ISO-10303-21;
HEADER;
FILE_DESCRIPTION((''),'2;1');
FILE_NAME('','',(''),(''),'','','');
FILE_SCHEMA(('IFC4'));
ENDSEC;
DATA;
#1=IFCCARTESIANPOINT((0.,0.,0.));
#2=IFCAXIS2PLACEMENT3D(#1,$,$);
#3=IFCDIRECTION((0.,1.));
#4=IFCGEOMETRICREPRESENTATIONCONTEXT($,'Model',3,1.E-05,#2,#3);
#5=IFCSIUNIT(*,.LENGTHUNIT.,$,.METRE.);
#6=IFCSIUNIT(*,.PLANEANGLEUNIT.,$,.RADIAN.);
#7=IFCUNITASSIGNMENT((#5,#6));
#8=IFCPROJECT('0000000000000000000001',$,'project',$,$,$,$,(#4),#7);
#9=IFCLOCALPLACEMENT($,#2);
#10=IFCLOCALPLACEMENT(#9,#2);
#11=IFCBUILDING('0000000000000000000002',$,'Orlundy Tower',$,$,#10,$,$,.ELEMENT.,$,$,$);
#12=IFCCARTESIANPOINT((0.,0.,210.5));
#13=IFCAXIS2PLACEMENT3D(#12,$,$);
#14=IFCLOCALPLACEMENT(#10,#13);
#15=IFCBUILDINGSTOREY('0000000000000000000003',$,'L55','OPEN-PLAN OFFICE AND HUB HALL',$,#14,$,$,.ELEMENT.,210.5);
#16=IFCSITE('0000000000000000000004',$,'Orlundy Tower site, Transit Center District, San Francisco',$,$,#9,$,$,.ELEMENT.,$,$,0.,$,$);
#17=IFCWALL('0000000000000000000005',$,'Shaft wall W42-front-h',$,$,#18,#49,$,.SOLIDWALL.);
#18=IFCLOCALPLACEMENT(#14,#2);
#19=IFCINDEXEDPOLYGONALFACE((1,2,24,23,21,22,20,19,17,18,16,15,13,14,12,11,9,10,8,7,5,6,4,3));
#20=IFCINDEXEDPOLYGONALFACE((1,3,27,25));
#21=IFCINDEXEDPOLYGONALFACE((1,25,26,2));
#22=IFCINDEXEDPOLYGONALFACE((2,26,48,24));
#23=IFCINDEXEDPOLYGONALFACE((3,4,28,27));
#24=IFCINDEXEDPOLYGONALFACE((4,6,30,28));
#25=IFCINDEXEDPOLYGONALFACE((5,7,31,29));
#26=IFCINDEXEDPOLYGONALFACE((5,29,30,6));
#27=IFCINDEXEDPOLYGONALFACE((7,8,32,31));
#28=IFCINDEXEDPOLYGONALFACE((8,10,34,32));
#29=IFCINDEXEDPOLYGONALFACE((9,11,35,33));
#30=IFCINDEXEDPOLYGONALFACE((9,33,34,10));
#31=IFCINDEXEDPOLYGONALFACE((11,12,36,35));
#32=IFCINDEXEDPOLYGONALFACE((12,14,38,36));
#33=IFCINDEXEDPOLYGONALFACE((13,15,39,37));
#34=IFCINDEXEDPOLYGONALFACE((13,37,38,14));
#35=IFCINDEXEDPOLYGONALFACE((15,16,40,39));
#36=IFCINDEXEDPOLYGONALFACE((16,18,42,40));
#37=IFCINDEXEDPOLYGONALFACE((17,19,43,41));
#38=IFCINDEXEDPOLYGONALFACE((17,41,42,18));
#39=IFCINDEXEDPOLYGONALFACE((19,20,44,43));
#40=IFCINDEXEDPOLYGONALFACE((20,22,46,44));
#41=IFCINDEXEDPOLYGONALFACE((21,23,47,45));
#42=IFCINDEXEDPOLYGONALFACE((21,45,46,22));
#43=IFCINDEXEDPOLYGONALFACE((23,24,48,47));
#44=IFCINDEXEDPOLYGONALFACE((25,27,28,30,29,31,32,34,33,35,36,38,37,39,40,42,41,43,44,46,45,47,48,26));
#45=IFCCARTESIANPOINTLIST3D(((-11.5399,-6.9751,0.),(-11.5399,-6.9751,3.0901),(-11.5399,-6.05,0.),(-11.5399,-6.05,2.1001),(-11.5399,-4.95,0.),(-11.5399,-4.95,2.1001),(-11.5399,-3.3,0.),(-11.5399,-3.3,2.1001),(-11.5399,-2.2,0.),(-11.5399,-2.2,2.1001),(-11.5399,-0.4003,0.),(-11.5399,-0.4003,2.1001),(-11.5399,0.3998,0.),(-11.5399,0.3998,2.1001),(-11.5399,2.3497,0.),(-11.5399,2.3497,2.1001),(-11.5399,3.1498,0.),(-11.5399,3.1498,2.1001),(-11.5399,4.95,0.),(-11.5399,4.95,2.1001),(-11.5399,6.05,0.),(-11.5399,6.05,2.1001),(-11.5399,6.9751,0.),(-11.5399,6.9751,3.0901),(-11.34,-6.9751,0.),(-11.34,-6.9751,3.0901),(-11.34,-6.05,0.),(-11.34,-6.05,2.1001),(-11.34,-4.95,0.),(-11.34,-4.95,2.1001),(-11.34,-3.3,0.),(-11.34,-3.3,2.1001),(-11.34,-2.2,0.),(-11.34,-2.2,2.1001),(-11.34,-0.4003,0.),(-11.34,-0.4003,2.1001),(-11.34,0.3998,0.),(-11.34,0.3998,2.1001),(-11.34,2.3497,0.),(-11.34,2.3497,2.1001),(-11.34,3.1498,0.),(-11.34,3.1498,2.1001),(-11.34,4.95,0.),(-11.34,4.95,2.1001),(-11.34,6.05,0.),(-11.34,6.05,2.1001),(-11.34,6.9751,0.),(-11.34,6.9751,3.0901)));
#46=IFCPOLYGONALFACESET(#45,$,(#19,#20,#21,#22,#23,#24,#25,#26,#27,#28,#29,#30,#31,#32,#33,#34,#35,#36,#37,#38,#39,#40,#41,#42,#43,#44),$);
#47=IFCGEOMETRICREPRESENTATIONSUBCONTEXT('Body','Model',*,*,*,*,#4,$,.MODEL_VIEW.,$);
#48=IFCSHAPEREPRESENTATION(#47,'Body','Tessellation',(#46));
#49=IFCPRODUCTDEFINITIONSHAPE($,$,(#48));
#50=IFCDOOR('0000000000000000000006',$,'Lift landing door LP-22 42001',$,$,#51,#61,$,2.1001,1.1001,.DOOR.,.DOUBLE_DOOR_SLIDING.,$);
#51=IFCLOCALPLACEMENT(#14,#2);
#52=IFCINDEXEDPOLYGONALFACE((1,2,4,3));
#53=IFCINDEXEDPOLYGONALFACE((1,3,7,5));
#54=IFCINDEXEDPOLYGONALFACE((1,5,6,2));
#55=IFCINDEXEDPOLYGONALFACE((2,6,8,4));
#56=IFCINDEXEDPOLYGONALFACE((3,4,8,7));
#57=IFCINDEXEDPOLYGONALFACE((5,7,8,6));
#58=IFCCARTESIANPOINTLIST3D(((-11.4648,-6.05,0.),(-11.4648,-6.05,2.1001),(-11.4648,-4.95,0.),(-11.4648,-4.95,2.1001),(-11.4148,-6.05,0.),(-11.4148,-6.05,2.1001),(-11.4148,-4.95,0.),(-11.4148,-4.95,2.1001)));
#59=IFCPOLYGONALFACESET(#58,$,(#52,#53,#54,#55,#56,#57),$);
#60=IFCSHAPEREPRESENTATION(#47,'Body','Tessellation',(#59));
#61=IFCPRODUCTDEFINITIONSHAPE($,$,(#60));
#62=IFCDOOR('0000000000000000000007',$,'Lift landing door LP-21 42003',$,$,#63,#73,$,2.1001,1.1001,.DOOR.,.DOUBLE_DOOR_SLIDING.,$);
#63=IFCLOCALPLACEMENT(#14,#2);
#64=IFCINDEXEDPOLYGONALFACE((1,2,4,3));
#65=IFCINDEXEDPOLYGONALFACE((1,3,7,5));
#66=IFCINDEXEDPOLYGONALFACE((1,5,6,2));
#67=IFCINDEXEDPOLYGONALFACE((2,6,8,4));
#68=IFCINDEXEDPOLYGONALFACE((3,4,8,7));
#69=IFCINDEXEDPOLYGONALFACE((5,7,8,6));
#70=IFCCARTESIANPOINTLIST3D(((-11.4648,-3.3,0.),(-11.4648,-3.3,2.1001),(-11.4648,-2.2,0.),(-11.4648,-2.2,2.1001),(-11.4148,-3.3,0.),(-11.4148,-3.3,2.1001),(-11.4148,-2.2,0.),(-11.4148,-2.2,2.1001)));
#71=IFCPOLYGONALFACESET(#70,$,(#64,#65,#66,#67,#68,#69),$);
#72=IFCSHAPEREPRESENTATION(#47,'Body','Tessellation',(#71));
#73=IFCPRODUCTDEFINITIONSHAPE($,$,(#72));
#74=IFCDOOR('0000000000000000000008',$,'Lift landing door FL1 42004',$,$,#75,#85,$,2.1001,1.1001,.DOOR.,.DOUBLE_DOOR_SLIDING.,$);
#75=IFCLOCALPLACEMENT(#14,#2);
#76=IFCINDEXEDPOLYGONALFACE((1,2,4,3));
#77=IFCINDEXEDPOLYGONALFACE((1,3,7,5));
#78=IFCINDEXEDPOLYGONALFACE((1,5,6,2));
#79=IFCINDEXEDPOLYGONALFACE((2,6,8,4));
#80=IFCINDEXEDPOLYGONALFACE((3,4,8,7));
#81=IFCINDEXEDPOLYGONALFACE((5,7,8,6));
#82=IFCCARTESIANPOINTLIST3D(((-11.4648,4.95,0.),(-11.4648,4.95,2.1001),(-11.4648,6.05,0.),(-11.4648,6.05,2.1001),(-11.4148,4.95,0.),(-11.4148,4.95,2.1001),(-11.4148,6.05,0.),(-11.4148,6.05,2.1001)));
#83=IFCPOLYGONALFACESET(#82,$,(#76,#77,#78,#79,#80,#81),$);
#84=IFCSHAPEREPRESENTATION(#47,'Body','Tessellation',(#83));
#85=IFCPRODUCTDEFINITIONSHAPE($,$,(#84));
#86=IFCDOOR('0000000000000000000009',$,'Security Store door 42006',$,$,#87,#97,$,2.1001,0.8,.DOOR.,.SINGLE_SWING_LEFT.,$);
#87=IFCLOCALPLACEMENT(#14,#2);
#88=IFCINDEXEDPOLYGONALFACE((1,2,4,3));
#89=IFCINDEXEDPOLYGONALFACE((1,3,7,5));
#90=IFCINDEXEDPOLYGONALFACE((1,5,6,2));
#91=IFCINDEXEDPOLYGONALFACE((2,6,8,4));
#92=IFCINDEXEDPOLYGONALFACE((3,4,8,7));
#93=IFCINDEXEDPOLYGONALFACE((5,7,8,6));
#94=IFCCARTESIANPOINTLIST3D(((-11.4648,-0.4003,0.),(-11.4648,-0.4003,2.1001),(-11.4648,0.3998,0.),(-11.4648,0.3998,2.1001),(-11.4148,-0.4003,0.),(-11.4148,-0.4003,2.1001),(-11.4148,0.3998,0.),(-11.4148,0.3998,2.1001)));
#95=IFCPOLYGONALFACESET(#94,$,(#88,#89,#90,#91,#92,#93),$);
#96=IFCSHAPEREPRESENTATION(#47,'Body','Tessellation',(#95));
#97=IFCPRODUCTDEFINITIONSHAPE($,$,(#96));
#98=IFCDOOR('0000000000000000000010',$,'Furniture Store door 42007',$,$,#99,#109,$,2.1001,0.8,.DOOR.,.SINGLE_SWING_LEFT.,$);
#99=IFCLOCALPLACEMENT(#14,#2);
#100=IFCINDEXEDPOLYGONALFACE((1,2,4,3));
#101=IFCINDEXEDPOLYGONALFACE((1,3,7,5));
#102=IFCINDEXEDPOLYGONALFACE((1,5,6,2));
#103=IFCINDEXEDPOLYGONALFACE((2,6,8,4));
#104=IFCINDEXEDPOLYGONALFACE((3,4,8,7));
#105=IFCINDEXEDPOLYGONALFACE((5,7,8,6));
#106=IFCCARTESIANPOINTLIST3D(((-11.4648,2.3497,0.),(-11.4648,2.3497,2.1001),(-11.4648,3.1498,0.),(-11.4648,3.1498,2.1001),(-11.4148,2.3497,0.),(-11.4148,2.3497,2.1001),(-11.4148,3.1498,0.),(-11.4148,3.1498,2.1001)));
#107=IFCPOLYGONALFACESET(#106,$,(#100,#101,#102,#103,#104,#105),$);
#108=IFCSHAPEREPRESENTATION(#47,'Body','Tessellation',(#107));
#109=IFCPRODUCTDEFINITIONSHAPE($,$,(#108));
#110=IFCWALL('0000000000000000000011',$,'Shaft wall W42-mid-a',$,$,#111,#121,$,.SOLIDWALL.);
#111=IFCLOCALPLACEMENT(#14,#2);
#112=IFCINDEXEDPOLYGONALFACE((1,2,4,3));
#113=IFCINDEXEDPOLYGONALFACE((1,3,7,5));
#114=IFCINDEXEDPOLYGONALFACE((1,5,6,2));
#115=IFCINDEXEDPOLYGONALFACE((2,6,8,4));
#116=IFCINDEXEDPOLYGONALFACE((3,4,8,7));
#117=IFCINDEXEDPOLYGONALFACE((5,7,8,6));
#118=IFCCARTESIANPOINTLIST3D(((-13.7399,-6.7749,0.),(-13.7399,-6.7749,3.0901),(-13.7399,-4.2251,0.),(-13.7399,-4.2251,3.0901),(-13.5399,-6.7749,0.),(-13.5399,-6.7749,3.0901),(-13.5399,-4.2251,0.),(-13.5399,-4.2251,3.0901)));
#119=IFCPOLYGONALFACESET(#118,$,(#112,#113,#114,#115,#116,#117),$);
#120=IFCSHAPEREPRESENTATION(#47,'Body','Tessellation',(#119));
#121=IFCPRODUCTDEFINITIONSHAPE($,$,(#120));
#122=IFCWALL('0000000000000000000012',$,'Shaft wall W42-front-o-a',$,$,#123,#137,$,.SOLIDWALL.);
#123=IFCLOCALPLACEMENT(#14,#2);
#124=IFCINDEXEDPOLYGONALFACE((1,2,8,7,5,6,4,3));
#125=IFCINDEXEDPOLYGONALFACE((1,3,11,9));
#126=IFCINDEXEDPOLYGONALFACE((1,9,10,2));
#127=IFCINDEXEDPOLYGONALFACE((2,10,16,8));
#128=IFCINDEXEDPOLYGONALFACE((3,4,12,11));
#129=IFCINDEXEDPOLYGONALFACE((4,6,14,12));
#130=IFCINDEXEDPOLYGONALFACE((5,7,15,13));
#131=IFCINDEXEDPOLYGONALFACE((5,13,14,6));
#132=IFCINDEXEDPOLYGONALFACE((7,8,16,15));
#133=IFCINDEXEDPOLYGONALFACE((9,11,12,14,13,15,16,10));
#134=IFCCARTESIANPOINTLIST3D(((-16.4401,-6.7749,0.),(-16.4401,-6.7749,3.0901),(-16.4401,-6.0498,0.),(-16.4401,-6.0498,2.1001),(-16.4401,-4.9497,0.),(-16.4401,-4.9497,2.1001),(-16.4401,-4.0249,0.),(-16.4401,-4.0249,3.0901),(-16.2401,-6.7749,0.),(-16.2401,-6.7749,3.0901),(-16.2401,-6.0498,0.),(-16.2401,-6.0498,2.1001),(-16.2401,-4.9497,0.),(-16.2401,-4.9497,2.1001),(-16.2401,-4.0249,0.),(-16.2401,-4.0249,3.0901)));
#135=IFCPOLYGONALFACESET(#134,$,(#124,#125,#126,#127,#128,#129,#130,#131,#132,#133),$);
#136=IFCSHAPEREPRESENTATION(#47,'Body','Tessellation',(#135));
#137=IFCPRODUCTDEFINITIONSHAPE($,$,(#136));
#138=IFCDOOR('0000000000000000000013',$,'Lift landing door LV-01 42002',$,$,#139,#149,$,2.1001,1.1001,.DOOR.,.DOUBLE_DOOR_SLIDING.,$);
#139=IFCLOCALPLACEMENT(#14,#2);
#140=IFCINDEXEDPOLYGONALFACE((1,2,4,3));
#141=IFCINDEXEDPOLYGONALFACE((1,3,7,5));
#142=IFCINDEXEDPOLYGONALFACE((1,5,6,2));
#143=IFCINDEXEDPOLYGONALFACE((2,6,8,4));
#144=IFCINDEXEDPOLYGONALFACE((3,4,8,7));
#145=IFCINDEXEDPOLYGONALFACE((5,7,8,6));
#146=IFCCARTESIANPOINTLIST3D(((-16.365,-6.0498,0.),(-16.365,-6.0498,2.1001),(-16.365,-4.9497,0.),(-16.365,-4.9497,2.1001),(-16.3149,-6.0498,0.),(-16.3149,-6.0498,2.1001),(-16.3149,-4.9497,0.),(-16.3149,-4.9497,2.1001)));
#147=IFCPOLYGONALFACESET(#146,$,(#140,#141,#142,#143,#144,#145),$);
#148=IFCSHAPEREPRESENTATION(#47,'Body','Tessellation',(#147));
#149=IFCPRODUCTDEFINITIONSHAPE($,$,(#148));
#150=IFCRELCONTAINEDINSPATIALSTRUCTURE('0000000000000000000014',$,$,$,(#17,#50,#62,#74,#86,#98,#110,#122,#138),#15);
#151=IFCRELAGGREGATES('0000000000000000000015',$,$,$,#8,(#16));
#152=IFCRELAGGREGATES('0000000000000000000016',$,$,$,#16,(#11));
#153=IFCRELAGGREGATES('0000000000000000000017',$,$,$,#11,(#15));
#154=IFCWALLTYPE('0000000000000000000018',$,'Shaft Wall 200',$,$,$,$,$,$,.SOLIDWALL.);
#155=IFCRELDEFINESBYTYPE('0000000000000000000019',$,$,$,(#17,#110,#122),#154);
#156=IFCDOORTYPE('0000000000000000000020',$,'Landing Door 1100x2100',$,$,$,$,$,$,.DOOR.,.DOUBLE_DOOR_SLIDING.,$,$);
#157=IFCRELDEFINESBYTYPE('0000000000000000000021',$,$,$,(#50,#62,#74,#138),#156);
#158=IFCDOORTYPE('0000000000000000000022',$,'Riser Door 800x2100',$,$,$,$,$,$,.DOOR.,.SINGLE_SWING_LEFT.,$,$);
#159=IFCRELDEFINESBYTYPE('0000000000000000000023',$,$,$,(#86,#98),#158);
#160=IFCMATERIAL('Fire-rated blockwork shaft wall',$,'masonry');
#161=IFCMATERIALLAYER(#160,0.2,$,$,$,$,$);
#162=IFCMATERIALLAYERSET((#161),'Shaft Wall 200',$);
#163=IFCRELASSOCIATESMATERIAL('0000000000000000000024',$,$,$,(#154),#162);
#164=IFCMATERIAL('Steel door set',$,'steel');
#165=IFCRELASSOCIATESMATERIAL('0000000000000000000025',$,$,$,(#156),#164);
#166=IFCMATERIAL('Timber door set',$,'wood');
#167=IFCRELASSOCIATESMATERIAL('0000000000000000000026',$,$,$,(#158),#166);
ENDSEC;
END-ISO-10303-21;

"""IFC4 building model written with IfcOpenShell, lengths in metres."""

from ifc_helpers import new_model, si_unit, direction, frame, frame_2d, origin, place, context, subcontext, project, spatial, rectangle, extrude, material, layer, layer_set, type_object, element, fill, save


model = new_model("IFC4")

# Units and contexts
model_context = context("Model", 3, precision=1e-05, world=origin(), true_north=direction((0.0, 1.0)))
body_context = subcontext(model_context, "Body", "Model", "MODEL_VIEW")
ifc_project = project(units=[si_unit("LENGTHUNIT", "METRE"), si_unit("PLANEANGLEUNIT", "RADIAN")], contexts=[model_context])

# Site, building, storey
site_placement = place(None, origin())
site = spatial("IfcSite", under=ifc_project, at=site_placement, Name="Orlundy Tower site, Transit Center District, San Francisco", CompositionType="ELEMENT", RefElevation=0.0)
building_placement = place(site_placement, origin())
building = spatial("IfcBuilding", under=site, at=building_placement, Name="Orlundy Tower", CompositionType="ELEMENT")
storey_placement = place(building_placement, frame((0.0, 0.0, 210.5)))
storey = spatial("IfcBuildingStorey", under=building, at=storey_placement, Name="L55", Description="OPEN-PLAN OFFICE AND HUB HALL", CompositionType="ELEMENT", Elevation=210.5)

# Shared definitions
ifc_material_1 = material(Name="Fire-rated blockwork shaft wall", Category="masonry")
ifc_layer_1 = layer(ifc_material_1, 0.2)
ifc_layer_set_1 = layer_set([ifc_layer_1], Name="Shaft Wall 200")
wall_type_1 = type_object("IfcWallType", Name="Shaft Wall 200", PredefinedType="SOLIDWALL", material=ifc_layer_set_1)

# Wall, openings, doors
wall_1_placement = place(storey_placement, frame((-11.4399, -6.9751, 0.0), z_axis=(0.0, 0.0, 1.0), x_axis=(0.0, 1.0, 0.0)))
wall_1 = element("IfcWall", 1, at=wall_1_placement, inside=storey, type_object=wall_type_1, Name="Shaft wall W42-front-h", PredefinedType="SOLIDWALL", context=body_context, shape_type="SweptSolid", body=[
    extrude(rectangle(XDim=13.9502, YDim=0.2, at=frame_2d((6.9751, 0.0))), origin(), (0.0, 0.0, 1.0), 3.0901),
])
opening_1_placement = place(wall_1_placement, frame((0.925, 0.0, 0.0)))
opening_1 = element("IfcOpeningElement", 2, at=opening_1_placement, cuts=wall_1, PredefinedType="OPENING", context=body_context, shape_type="SweptSolid", body=[
    extrude(rectangle(XDim=1.1001, YDim=2.1001, at=frame_2d((0.55, 1.05))), frame((0.0, 0.1101, 0.0), z_axis=(0.0, -1.0, 0.0), x_axis=(1.0, 0.0, 0.0)), (0.0, 0.0, 1.0), 0.2202),
])
opening_2_placement = place(wall_1_placement, frame((3.675, 0.0, 0.0)))
opening_2 = element("IfcOpeningElement", 3, at=opening_2_placement, cuts=wall_1, PredefinedType="OPENING", context=body_context, shape_type="SweptSolid", body=[
    extrude(rectangle(XDim=1.1001, YDim=2.1001, at=frame_2d((0.55, 1.05))), frame((0.0, 0.1101, 0.0), z_axis=(0.0, -1.0, 0.0), x_axis=(1.0, 0.0, 0.0)), (0.0, 0.0, 1.0), 0.2202),
])
opening_3_placement = place(wall_1_placement, frame((11.925, 0.0, 0.0)))
opening_3 = element("IfcOpeningElement", 4, at=opening_3_placement, cuts=wall_1, PredefinedType="OPENING", context=body_context, shape_type="SweptSolid", body=[
    extrude(rectangle(XDim=1.1001, YDim=2.1001, at=frame_2d((0.55, 1.05))), frame((0.0, 0.1101, 0.0), z_axis=(0.0, -1.0, 0.0), x_axis=(1.0, 0.0, 0.0)), (0.0, 0.0, 1.0), 0.2202),
])
opening_4_placement = place(wall_1_placement, frame((6.575, 0.0, 0.0)))
opening_4 = element("IfcOpeningElement", 5, at=opening_4_placement, cuts=wall_1, PredefinedType="OPENING", context=body_context, shape_type="SweptSolid", body=[
    extrude(rectangle(XDim=0.8, YDim=2.1001, at=frame_2d((0.3999, 1.05))), frame((0.0, 0.1101, 0.0), z_axis=(0.0, -1.0, 0.0), x_axis=(1.0, 0.0, 0.0)), (0.0, 0.0, 1.0), 0.2202),
])
opening_5_placement = place(wall_1_placement, frame((9.325, 0.0, 0.0)))
opening_5 = element("IfcOpeningElement", 6, at=opening_5_placement, cuts=wall_1, PredefinedType="OPENING", context=body_context, shape_type="SweptSolid", body=[
    extrude(rectangle(XDim=0.8, YDim=2.1001, at=frame_2d((0.3999, 1.05))), frame((0.0, 0.1101, 0.0), z_axis=(0.0, -1.0, 0.0), x_axis=(1.0, 0.0, 0.0)), (0.0, 0.0, 1.0), 0.2202),
])
ifc_material_2 = material(Name="Steel door set", Category="steel")
door_type_1 = type_object("IfcDoorType", Name="Landing Door 1100x2100", OperationType="DOUBLE_DOOR_SLIDING", PredefinedType="DOOR", material=ifc_material_2)
door_1_placement = place(opening_1_placement, origin())
door_1 = element("IfcDoor", 7, at=door_1_placement, inside=storey, type_object=door_type_1, Name="Lift landing door LP-22 42001", OperationType="DOUBLE_DOOR_SLIDING", OverallHeight=2.1001, OverallWidth=1.1001, PredefinedType="DOOR", context=body_context, shape_type="SweptSolid", body=[
    extrude(rectangle(XDim=1.1001, YDim=2.1001, at=frame_2d((0.55, 1.05))), frame((0.0, 0.0249, 0.0), z_axis=(0.0, -1.0, 0.0), x_axis=(1.0, 0.0, 0.0)), (0.0, 0.0, 1.0), 0.05),
])
fill(opening_1, door_1)
door_2_placement = place(opening_2_placement, origin())
door_2 = element("IfcDoor", 8, at=door_2_placement, inside=storey, type_object=door_type_1, Name="Lift landing door LP-21 42003", OperationType="DOUBLE_DOOR_SLIDING", OverallHeight=2.1001, OverallWidth=1.1001, PredefinedType="DOOR", context=body_context, shape_type="SweptSolid", body=[
    extrude(rectangle(XDim=1.1001, YDim=2.1001, at=frame_2d((0.55, 1.05))), frame((0.0, 0.0249, 0.0), z_axis=(0.0, -1.0, 0.0), x_axis=(1.0, 0.0, 0.0)), (0.0, 0.0, 1.0), 0.05),
])
fill(opening_2, door_2)
door_3_placement = place(opening_3_placement, origin())
door_3 = element("IfcDoor", 9, at=door_3_placement, inside=storey, type_object=door_type_1, Name="Lift landing door FL1 42004", OperationType="DOUBLE_DOOR_SLIDING", OverallHeight=2.1001, OverallWidth=1.1001, PredefinedType="DOOR", context=body_context, shape_type="SweptSolid", body=[
    extrude(rectangle(XDim=1.1001, YDim=2.1001, at=frame_2d((0.55, 1.05))), frame((0.0, 0.0249, 0.0), z_axis=(0.0, -1.0, 0.0), x_axis=(1.0, 0.0, 0.0)), (0.0, 0.0, 1.0), 0.05),
])
fill(opening_3, door_3)
ifc_material_3 = material(Name="Timber door set", Category="wood")
door_type_2 = type_object("IfcDoorType", Name="Riser Door 800x2100", OperationType="SINGLE_SWING_LEFT", PredefinedType="DOOR", material=ifc_material_3)
door_4_placement = place(opening_4_placement, origin())
door_4 = element("IfcDoor", 10, at=door_4_placement, inside=storey, type_object=door_type_2, Name="Security Store door 42006", OperationType="SINGLE_SWING_LEFT", OverallHeight=2.1001, OverallWidth=0.8, PredefinedType="DOOR", context=body_context, shape_type="SweptSolid", body=[
    extrude(rectangle(XDim=0.8, YDim=2.1001, at=frame_2d((0.3999, 1.05))), frame((0.0, 0.0249, 0.0), z_axis=(0.0, -1.0, 0.0), x_axis=(1.0, 0.0, 0.0)), (0.0, 0.0, 1.0), 0.05),
])
fill(opening_4, door_4)
door_5_placement = place(opening_5_placement, origin())
door_5 = element("IfcDoor", 11, at=door_5_placement, inside=storey, type_object=door_type_2, Name="Furniture Store door 42007", OperationType="SINGLE_SWING_LEFT", OverallHeight=2.1001, OverallWidth=0.8, PredefinedType="DOOR", context=body_context, shape_type="SweptSolid", body=[
    extrude(rectangle(XDim=0.8, YDim=2.1001, at=frame_2d((0.3999, 1.05))), frame((0.0, 0.0249, 0.0), z_axis=(0.0, -1.0, 0.0), x_axis=(1.0, 0.0, 0.0)), (0.0, 0.0, 1.0), 0.05),
])
fill(opening_5, door_5)

# Wall
wall_2_placement = place(storey_placement, frame((-13.6399, -6.7749, 0.0), z_axis=(0.0, 0.0, 1.0), x_axis=(0.0, 1.0, 0.0)))
element("IfcWall", 12, at=wall_2_placement, inside=storey, type_object=wall_type_1, Name="Shaft wall W42-mid-a", PredefinedType="SOLIDWALL", context=body_context, shape_type="SweptSolid", body=[
    extrude(rectangle(XDim=2.5498, YDim=0.2, at=frame_2d((1.2749, 0.0))), origin(), (0.0, 0.0, 1.0), 3.0901),
])

# Wall, opening, door
wall_3_placement = place(storey_placement, frame((-16.3401, -6.7749, 0.0), z_axis=(0.0, 0.0, 1.0), x_axis=(0.0, 1.0, 0.0)))
wall_3 = element("IfcWall", 13, at=wall_3_placement, inside=storey, type_object=wall_type_1, Name="Shaft wall W42-front-o-a", PredefinedType="SOLIDWALL", context=body_context, shape_type="SweptSolid", body=[
    extrude(rectangle(XDim=2.75, YDim=0.2, at=frame_2d((1.375, 0.0))), origin(), (0.0, 0.0, 1.0), 3.0901),
])
opening_6_placement = place(wall_3_placement, frame((0.7251, 0.0, 0.0)))
opening_6 = element("IfcOpeningElement", 14, at=opening_6_placement, cuts=wall_3, PredefinedType="OPENING", context=body_context, shape_type="SweptSolid", body=[
    extrude(rectangle(XDim=1.1001, YDim=2.1001, at=frame_2d((0.55, 1.05))), frame((0.0, 0.1101, 0.0), z_axis=(0.0, -1.0, 0.0), x_axis=(1.0, 0.0, 0.0)), (0.0, 0.0, 1.0), 0.2202),
])
door_6_placement = place(opening_6_placement, origin())
door_6 = element("IfcDoor", 15, at=door_6_placement, inside=storey, type_object=door_type_1, Name="Lift landing door LV-01 42002", OperationType="DOUBLE_DOOR_SLIDING", OverallHeight=2.1001, OverallWidth=1.1001, PredefinedType="DOOR", context=body_context, shape_type="SweptSolid", body=[
    extrude(rectangle(XDim=1.1001, YDim=2.1001, at=frame_2d((0.55, 1.05))), frame((0.0, 0.0249, 0.0), z_axis=(0.0, -1.0, 0.0), x_axis=(1.0, 0.0, 0.0)), (0.0, 0.0, 1.0), 0.05),
])
fill(opening_6, door_6)

save(model, "model.ifc")
